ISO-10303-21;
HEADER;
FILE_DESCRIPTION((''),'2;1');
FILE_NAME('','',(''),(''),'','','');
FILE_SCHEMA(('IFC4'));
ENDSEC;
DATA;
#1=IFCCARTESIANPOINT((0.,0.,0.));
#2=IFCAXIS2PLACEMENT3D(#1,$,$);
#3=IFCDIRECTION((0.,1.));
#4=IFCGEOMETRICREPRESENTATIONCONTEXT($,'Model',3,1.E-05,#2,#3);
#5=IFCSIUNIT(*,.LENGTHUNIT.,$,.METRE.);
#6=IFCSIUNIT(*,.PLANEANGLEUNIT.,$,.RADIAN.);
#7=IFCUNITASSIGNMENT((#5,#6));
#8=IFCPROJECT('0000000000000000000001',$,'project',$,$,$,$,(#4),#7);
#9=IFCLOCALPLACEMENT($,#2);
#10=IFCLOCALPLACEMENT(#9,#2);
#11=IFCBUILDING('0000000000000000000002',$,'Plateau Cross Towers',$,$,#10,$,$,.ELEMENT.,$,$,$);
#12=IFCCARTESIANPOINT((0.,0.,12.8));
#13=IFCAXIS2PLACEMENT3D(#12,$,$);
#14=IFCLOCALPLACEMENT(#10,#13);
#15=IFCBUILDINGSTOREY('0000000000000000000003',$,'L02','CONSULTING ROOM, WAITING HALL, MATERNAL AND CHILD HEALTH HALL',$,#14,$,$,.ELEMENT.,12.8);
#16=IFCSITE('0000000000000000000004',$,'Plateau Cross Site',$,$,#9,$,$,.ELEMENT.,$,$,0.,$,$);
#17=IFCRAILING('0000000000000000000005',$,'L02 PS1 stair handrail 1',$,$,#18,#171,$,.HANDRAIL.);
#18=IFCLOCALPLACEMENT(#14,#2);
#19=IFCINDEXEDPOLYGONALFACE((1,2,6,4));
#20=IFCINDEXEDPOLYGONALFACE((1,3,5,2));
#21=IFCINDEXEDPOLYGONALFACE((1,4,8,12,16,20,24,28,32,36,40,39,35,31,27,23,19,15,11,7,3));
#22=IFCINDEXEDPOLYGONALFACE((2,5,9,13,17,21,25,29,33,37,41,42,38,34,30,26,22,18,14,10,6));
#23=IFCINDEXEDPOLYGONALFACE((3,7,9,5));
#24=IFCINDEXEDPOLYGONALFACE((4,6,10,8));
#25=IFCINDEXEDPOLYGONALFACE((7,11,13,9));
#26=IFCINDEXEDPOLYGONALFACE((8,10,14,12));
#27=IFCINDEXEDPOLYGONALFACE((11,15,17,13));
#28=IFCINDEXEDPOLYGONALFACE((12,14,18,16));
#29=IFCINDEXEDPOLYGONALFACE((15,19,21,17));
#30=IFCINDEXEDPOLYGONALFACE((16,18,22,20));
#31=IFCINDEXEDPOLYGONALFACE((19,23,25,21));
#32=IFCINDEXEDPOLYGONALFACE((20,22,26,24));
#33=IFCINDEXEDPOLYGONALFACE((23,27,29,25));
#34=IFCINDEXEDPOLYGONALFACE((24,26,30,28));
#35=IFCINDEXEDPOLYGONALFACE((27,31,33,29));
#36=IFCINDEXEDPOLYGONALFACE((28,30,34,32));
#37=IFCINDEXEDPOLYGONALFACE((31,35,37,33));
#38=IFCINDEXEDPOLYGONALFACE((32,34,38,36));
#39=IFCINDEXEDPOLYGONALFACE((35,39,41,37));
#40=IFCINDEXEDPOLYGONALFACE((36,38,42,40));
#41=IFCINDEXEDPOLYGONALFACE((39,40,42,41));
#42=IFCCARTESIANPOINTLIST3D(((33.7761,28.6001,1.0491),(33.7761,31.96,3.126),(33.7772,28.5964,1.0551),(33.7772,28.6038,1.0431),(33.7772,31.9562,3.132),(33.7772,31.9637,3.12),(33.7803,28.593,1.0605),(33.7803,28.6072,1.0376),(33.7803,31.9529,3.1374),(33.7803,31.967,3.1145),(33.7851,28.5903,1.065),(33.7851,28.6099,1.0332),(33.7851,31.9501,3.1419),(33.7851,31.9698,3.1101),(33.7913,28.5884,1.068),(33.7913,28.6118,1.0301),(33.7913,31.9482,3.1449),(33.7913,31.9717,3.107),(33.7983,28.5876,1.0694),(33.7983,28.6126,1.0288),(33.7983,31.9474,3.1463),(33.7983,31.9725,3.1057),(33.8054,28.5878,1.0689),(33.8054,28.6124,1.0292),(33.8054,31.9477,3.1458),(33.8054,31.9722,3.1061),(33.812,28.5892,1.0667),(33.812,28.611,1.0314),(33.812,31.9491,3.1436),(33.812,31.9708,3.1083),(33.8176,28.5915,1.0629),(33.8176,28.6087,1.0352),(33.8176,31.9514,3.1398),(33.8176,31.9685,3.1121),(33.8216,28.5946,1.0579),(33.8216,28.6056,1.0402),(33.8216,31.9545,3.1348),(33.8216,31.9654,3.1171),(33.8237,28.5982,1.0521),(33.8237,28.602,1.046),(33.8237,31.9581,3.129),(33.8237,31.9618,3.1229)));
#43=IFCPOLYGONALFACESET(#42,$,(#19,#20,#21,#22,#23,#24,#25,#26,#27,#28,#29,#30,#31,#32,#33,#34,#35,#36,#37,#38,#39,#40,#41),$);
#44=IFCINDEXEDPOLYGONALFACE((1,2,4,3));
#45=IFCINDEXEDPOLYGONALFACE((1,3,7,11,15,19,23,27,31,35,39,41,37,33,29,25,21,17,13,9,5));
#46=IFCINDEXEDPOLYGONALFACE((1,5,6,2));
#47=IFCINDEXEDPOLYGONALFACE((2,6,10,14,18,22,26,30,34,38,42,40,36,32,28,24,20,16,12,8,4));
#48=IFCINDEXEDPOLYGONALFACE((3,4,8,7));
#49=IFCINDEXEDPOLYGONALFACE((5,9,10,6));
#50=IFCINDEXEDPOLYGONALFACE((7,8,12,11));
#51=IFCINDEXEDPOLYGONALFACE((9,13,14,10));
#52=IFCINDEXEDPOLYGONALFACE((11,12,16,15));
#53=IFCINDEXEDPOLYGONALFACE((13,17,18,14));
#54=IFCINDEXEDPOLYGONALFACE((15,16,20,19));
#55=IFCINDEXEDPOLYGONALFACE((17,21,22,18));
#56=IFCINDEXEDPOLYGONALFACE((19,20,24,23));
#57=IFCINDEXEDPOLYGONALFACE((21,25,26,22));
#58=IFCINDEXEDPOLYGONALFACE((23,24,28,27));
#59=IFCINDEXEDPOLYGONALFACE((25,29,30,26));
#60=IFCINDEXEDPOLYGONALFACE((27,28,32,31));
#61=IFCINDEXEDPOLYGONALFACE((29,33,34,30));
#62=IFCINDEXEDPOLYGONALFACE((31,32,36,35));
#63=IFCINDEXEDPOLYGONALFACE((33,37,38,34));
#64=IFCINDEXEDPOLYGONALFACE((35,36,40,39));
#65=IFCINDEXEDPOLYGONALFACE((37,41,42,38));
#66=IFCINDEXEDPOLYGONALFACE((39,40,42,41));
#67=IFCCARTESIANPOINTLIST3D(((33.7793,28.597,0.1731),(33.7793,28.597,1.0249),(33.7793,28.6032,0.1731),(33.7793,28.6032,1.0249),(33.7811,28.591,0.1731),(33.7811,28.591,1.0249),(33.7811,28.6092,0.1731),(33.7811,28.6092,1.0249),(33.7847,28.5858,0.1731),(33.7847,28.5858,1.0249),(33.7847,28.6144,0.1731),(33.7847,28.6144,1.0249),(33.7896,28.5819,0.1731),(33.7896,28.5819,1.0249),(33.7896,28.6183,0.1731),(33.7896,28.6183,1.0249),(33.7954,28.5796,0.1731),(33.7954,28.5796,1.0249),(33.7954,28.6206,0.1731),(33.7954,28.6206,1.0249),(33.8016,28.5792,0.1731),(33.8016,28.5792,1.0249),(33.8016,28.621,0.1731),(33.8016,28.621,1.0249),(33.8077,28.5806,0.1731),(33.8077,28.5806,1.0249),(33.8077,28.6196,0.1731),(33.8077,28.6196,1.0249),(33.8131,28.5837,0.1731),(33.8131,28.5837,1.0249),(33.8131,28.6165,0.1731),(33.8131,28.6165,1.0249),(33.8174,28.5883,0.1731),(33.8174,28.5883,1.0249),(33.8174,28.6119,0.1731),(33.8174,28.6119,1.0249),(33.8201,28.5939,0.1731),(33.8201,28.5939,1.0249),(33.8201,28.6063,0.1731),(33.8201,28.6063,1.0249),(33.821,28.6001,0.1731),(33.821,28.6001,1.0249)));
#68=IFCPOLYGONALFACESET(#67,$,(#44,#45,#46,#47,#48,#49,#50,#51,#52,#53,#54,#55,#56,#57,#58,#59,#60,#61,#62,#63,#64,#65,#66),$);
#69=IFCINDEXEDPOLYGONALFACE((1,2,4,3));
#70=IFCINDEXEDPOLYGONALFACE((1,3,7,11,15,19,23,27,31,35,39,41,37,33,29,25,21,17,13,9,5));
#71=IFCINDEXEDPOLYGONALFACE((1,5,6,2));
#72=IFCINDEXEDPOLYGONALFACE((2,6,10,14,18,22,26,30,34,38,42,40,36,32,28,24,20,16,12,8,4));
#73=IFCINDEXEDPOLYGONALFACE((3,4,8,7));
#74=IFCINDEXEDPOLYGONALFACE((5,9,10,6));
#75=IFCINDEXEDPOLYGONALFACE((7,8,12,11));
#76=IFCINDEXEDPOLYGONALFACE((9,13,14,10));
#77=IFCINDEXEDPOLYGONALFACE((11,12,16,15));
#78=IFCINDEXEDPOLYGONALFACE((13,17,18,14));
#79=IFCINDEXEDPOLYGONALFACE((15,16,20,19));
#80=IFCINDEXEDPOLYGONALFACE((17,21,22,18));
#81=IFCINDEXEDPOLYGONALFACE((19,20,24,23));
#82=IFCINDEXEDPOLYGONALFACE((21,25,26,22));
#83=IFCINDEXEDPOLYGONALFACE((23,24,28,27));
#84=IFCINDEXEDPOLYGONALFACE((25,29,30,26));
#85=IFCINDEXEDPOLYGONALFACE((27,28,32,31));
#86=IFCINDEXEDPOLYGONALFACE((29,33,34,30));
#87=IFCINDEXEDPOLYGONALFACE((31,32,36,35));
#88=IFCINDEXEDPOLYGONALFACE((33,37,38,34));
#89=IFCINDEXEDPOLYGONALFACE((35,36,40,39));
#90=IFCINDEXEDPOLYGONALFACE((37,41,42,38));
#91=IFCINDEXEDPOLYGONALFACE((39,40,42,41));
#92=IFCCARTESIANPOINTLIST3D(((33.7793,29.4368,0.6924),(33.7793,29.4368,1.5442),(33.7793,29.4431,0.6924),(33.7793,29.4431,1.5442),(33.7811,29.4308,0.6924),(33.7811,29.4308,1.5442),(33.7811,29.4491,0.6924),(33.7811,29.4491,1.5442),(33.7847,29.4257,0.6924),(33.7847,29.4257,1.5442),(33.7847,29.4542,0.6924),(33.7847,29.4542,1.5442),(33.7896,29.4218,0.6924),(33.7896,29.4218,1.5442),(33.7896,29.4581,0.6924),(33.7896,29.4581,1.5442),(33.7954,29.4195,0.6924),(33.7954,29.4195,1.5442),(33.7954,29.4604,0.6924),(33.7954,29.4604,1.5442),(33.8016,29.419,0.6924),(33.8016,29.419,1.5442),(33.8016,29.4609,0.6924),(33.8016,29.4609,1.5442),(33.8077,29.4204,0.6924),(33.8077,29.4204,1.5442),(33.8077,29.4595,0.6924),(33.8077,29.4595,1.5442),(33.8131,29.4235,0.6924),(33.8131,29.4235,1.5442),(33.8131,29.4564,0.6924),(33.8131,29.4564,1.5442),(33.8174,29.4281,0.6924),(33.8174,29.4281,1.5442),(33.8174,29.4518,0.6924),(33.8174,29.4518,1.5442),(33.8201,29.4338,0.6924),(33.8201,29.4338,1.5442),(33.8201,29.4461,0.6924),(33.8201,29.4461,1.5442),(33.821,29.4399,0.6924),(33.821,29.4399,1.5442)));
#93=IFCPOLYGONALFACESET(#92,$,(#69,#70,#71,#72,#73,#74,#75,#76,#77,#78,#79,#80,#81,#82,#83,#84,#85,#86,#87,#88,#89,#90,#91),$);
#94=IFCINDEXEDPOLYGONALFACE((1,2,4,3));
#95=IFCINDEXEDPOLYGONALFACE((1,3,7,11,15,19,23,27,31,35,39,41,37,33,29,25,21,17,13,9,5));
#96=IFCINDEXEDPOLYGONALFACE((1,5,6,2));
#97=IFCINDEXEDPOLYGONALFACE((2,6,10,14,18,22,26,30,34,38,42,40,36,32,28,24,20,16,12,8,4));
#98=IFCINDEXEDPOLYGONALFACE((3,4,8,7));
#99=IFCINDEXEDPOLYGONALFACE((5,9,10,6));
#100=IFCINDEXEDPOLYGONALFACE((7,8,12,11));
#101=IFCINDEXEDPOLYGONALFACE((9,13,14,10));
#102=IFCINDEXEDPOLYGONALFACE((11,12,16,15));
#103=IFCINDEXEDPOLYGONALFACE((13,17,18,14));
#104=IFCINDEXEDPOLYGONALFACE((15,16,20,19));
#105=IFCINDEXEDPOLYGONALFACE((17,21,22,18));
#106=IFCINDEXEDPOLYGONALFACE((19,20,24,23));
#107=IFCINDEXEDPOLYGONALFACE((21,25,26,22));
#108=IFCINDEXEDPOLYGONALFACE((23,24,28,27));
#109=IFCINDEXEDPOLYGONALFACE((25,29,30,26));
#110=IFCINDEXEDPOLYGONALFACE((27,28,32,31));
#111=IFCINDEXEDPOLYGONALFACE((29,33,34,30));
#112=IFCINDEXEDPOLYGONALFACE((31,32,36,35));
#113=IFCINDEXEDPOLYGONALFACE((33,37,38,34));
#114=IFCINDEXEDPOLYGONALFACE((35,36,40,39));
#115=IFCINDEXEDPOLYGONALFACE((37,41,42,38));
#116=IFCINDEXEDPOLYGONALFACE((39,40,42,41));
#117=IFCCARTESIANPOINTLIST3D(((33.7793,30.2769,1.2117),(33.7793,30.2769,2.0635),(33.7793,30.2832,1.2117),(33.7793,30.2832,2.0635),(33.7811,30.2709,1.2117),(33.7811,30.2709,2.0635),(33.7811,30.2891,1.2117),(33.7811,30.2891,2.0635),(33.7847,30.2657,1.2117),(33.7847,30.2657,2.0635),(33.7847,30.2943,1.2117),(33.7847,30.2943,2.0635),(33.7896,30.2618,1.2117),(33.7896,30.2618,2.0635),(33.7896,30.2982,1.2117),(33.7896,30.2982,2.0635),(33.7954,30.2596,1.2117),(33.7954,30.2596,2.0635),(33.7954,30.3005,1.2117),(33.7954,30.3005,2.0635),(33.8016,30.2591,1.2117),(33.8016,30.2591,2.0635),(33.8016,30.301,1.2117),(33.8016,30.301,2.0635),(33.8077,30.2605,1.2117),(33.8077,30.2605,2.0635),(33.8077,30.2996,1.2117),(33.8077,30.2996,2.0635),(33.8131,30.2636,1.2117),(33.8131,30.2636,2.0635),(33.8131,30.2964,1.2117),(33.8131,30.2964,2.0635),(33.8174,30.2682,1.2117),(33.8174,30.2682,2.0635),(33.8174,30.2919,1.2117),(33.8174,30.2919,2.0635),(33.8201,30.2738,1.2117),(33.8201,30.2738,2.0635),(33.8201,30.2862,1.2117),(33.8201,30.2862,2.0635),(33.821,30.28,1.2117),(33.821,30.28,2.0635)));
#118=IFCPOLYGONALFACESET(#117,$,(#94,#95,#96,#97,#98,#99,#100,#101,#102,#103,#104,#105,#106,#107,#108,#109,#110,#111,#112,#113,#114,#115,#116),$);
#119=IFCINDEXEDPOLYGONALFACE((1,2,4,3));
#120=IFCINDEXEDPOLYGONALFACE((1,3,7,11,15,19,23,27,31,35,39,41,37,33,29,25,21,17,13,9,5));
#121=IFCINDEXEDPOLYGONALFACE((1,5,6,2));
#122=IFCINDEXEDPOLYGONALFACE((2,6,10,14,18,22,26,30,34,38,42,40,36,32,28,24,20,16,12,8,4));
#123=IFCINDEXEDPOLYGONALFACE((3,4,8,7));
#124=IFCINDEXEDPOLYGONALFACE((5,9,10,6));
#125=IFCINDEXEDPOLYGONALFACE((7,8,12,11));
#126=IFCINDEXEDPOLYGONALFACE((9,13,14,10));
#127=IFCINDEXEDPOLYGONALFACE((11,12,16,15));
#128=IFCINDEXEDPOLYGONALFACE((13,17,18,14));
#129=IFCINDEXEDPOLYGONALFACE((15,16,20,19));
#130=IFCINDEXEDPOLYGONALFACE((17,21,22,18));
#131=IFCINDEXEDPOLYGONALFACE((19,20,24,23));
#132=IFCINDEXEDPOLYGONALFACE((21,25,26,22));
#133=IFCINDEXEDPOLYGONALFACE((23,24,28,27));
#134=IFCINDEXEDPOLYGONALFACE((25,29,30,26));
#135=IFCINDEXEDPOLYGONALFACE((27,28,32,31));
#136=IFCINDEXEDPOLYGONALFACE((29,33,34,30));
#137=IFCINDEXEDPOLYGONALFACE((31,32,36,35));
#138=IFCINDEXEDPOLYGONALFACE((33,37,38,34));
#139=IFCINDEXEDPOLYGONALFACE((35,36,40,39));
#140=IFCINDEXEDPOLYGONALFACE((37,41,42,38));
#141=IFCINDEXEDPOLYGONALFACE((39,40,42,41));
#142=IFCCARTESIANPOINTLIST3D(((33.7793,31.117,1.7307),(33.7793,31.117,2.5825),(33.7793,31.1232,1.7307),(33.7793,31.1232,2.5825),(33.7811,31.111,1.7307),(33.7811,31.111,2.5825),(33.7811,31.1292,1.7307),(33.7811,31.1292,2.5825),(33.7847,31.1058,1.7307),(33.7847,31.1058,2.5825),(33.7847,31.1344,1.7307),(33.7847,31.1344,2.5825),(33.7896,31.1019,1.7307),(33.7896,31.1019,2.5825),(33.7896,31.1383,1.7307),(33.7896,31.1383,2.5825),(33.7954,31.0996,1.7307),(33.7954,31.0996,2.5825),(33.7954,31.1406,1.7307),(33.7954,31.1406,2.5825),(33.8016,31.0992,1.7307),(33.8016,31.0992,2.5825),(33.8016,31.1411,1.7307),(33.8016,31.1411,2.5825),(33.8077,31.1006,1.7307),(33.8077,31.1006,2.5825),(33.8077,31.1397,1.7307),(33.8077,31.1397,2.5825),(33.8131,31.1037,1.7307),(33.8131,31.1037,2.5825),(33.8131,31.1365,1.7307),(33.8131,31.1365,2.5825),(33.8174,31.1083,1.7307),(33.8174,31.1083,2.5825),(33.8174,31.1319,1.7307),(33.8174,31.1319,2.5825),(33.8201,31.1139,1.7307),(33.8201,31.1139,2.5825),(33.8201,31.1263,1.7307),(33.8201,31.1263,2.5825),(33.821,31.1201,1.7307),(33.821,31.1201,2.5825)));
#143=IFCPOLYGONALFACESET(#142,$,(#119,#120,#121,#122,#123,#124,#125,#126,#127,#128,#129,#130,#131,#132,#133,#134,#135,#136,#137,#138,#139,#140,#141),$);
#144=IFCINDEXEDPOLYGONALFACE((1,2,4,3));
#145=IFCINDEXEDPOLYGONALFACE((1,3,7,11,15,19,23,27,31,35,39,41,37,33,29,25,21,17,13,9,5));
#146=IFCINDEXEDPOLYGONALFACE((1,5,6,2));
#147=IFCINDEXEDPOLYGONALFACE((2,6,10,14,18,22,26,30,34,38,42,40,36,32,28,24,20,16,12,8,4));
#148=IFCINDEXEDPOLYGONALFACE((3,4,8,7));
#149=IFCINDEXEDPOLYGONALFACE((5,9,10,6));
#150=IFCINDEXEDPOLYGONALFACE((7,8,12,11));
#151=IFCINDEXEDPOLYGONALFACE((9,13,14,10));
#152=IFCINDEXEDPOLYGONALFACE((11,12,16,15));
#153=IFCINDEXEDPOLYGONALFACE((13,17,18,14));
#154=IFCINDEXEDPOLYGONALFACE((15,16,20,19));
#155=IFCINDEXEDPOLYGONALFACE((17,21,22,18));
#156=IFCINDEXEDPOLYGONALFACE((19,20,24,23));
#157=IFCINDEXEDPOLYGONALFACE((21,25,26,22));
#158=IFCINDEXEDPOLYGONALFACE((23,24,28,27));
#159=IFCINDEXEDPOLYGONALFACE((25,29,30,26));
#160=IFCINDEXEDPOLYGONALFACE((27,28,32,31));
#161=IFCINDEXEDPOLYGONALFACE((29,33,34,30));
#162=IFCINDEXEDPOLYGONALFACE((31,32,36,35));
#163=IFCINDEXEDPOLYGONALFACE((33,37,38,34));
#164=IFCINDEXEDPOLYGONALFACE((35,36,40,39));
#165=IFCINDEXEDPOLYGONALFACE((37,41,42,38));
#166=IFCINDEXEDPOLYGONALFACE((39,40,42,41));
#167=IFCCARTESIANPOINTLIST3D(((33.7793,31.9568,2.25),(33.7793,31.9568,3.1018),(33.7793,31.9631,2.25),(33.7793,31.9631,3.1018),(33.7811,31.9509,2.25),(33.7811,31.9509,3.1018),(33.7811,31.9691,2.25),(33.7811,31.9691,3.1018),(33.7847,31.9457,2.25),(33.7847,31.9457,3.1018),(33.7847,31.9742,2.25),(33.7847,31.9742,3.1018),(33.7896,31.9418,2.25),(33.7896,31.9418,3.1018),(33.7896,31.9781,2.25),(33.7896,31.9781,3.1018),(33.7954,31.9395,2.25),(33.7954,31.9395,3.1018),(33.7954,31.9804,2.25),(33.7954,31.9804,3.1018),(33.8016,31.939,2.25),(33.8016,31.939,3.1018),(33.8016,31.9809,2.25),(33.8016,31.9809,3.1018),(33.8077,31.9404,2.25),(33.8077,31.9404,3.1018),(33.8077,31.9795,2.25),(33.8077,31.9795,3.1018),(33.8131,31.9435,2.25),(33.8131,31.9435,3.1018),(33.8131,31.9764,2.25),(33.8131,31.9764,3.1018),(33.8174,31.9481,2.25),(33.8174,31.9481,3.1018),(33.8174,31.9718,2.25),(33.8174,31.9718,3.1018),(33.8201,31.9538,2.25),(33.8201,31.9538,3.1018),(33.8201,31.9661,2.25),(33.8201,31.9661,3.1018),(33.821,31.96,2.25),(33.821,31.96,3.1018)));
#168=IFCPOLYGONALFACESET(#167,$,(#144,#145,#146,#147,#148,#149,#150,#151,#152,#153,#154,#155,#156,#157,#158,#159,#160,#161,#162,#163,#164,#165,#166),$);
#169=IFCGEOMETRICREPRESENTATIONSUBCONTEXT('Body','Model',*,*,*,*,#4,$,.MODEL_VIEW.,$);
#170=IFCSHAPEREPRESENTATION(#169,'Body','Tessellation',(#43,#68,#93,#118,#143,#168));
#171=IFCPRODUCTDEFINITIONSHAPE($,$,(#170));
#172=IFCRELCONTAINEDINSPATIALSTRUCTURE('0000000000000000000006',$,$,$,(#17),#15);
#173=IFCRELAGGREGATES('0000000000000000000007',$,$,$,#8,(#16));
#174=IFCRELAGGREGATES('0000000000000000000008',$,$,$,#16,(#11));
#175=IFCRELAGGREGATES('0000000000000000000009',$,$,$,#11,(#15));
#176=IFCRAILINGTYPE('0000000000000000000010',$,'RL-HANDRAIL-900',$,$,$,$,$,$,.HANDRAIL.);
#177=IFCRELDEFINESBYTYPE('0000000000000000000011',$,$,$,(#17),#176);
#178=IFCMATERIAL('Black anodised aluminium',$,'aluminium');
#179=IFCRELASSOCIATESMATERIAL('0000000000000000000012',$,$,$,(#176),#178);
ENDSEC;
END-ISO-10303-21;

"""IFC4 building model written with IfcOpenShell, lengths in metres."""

from ifc_helpers import new_model, si_unit, direction, frame, origin, origin_2d, place, context, subcontext, project, spatial, circle, extrude, material, type_object, element, save


model = new_model("IFC4")

# Units and contexts
model_context = context("Model", 3, precision=1e-05, world=origin(), true_north=direction((0.0, 1.0)))
body_context = subcontext(model_context, "Body", "Model", "MODEL_VIEW")
ifc_project = project(units=[si_unit("LENGTHUNIT", "METRE"), si_unit("PLANEANGLEUNIT", "RADIAN")], contexts=[model_context])

# Site, building, storey
site_placement = place(None, origin())
site = spatial("IfcSite", under=ifc_project, at=site_placement, Name="Plateau Cross Site", CompositionType="ELEMENT", RefElevation=0.0)
building_placement = place(site_placement, origin())
building = spatial("IfcBuilding", under=site, at=building_placement, Name="Plateau Cross Towers", CompositionType="ELEMENT")
storey_placement = place(building_placement, frame((0.0, 0.0, 12.8)))
storey = spatial("IfcBuildingStorey", under=building, at=storey_placement, Name="L02", Description="CONSULTING ROOM, WAITING HALL, MATERNAL AND CHILD HEALTH HALL", CompositionType="ELEMENT", Elevation=12.8)

# Railing
ifc_material_1 = material(Name="Black anodised aluminium", Category="aluminium")
railing_type_1 = type_object("IfcRailingType", Name="RL-HANDRAIL-900", PredefinedType="HANDRAIL", material=ifc_material_1)
railing_1_placement = place(storey_placement, frame((33.8, 28.6001, 0.1731)))
element("IfcRailing", 1, at=railing_1_placement, inside=storey, type_object=railing_type_1, Name="L02 PS1 stair handrail 1", PredefinedType="HANDRAIL", context=body_context, shape_type="SweptSolid", body=[
    extrude(circle(Radius=0.0239, at=origin_2d()), frame((0.0, 0.0, 0.876), z_axis=(0.0, 0.850606, 0.525803), x_axis=(-1.0, 0.0, 0.0)), (0.0, 0.0, 1.0), 3.95),
    extrude(circle(Radius=0.021, at=origin_2d()), origin(), (0.0, 0.0, 1.0), 0.8518),
    extrude(circle(Radius=0.021, at=origin_2d()), frame((0.0, 0.8398, 0.5193)), (0.0, 0.0, 1.0), 0.8518),
    extrude(circle(Radius=0.021, at=origin_2d()), frame((0.0, 1.6799, 1.0386)), (0.0, 0.0, 1.0), 0.8518),
    extrude(circle(Radius=0.021, at=origin_2d()), frame((0.0, 2.52, 1.5576)), (0.0, 0.0, 1.0), 0.8518),
    extrude(circle(Radius=0.021, at=origin_2d()), frame((0.0, 3.3599, 2.0769)), (0.0, 0.0, 1.0), 0.8518),
])

save(model, "model.ifc")
